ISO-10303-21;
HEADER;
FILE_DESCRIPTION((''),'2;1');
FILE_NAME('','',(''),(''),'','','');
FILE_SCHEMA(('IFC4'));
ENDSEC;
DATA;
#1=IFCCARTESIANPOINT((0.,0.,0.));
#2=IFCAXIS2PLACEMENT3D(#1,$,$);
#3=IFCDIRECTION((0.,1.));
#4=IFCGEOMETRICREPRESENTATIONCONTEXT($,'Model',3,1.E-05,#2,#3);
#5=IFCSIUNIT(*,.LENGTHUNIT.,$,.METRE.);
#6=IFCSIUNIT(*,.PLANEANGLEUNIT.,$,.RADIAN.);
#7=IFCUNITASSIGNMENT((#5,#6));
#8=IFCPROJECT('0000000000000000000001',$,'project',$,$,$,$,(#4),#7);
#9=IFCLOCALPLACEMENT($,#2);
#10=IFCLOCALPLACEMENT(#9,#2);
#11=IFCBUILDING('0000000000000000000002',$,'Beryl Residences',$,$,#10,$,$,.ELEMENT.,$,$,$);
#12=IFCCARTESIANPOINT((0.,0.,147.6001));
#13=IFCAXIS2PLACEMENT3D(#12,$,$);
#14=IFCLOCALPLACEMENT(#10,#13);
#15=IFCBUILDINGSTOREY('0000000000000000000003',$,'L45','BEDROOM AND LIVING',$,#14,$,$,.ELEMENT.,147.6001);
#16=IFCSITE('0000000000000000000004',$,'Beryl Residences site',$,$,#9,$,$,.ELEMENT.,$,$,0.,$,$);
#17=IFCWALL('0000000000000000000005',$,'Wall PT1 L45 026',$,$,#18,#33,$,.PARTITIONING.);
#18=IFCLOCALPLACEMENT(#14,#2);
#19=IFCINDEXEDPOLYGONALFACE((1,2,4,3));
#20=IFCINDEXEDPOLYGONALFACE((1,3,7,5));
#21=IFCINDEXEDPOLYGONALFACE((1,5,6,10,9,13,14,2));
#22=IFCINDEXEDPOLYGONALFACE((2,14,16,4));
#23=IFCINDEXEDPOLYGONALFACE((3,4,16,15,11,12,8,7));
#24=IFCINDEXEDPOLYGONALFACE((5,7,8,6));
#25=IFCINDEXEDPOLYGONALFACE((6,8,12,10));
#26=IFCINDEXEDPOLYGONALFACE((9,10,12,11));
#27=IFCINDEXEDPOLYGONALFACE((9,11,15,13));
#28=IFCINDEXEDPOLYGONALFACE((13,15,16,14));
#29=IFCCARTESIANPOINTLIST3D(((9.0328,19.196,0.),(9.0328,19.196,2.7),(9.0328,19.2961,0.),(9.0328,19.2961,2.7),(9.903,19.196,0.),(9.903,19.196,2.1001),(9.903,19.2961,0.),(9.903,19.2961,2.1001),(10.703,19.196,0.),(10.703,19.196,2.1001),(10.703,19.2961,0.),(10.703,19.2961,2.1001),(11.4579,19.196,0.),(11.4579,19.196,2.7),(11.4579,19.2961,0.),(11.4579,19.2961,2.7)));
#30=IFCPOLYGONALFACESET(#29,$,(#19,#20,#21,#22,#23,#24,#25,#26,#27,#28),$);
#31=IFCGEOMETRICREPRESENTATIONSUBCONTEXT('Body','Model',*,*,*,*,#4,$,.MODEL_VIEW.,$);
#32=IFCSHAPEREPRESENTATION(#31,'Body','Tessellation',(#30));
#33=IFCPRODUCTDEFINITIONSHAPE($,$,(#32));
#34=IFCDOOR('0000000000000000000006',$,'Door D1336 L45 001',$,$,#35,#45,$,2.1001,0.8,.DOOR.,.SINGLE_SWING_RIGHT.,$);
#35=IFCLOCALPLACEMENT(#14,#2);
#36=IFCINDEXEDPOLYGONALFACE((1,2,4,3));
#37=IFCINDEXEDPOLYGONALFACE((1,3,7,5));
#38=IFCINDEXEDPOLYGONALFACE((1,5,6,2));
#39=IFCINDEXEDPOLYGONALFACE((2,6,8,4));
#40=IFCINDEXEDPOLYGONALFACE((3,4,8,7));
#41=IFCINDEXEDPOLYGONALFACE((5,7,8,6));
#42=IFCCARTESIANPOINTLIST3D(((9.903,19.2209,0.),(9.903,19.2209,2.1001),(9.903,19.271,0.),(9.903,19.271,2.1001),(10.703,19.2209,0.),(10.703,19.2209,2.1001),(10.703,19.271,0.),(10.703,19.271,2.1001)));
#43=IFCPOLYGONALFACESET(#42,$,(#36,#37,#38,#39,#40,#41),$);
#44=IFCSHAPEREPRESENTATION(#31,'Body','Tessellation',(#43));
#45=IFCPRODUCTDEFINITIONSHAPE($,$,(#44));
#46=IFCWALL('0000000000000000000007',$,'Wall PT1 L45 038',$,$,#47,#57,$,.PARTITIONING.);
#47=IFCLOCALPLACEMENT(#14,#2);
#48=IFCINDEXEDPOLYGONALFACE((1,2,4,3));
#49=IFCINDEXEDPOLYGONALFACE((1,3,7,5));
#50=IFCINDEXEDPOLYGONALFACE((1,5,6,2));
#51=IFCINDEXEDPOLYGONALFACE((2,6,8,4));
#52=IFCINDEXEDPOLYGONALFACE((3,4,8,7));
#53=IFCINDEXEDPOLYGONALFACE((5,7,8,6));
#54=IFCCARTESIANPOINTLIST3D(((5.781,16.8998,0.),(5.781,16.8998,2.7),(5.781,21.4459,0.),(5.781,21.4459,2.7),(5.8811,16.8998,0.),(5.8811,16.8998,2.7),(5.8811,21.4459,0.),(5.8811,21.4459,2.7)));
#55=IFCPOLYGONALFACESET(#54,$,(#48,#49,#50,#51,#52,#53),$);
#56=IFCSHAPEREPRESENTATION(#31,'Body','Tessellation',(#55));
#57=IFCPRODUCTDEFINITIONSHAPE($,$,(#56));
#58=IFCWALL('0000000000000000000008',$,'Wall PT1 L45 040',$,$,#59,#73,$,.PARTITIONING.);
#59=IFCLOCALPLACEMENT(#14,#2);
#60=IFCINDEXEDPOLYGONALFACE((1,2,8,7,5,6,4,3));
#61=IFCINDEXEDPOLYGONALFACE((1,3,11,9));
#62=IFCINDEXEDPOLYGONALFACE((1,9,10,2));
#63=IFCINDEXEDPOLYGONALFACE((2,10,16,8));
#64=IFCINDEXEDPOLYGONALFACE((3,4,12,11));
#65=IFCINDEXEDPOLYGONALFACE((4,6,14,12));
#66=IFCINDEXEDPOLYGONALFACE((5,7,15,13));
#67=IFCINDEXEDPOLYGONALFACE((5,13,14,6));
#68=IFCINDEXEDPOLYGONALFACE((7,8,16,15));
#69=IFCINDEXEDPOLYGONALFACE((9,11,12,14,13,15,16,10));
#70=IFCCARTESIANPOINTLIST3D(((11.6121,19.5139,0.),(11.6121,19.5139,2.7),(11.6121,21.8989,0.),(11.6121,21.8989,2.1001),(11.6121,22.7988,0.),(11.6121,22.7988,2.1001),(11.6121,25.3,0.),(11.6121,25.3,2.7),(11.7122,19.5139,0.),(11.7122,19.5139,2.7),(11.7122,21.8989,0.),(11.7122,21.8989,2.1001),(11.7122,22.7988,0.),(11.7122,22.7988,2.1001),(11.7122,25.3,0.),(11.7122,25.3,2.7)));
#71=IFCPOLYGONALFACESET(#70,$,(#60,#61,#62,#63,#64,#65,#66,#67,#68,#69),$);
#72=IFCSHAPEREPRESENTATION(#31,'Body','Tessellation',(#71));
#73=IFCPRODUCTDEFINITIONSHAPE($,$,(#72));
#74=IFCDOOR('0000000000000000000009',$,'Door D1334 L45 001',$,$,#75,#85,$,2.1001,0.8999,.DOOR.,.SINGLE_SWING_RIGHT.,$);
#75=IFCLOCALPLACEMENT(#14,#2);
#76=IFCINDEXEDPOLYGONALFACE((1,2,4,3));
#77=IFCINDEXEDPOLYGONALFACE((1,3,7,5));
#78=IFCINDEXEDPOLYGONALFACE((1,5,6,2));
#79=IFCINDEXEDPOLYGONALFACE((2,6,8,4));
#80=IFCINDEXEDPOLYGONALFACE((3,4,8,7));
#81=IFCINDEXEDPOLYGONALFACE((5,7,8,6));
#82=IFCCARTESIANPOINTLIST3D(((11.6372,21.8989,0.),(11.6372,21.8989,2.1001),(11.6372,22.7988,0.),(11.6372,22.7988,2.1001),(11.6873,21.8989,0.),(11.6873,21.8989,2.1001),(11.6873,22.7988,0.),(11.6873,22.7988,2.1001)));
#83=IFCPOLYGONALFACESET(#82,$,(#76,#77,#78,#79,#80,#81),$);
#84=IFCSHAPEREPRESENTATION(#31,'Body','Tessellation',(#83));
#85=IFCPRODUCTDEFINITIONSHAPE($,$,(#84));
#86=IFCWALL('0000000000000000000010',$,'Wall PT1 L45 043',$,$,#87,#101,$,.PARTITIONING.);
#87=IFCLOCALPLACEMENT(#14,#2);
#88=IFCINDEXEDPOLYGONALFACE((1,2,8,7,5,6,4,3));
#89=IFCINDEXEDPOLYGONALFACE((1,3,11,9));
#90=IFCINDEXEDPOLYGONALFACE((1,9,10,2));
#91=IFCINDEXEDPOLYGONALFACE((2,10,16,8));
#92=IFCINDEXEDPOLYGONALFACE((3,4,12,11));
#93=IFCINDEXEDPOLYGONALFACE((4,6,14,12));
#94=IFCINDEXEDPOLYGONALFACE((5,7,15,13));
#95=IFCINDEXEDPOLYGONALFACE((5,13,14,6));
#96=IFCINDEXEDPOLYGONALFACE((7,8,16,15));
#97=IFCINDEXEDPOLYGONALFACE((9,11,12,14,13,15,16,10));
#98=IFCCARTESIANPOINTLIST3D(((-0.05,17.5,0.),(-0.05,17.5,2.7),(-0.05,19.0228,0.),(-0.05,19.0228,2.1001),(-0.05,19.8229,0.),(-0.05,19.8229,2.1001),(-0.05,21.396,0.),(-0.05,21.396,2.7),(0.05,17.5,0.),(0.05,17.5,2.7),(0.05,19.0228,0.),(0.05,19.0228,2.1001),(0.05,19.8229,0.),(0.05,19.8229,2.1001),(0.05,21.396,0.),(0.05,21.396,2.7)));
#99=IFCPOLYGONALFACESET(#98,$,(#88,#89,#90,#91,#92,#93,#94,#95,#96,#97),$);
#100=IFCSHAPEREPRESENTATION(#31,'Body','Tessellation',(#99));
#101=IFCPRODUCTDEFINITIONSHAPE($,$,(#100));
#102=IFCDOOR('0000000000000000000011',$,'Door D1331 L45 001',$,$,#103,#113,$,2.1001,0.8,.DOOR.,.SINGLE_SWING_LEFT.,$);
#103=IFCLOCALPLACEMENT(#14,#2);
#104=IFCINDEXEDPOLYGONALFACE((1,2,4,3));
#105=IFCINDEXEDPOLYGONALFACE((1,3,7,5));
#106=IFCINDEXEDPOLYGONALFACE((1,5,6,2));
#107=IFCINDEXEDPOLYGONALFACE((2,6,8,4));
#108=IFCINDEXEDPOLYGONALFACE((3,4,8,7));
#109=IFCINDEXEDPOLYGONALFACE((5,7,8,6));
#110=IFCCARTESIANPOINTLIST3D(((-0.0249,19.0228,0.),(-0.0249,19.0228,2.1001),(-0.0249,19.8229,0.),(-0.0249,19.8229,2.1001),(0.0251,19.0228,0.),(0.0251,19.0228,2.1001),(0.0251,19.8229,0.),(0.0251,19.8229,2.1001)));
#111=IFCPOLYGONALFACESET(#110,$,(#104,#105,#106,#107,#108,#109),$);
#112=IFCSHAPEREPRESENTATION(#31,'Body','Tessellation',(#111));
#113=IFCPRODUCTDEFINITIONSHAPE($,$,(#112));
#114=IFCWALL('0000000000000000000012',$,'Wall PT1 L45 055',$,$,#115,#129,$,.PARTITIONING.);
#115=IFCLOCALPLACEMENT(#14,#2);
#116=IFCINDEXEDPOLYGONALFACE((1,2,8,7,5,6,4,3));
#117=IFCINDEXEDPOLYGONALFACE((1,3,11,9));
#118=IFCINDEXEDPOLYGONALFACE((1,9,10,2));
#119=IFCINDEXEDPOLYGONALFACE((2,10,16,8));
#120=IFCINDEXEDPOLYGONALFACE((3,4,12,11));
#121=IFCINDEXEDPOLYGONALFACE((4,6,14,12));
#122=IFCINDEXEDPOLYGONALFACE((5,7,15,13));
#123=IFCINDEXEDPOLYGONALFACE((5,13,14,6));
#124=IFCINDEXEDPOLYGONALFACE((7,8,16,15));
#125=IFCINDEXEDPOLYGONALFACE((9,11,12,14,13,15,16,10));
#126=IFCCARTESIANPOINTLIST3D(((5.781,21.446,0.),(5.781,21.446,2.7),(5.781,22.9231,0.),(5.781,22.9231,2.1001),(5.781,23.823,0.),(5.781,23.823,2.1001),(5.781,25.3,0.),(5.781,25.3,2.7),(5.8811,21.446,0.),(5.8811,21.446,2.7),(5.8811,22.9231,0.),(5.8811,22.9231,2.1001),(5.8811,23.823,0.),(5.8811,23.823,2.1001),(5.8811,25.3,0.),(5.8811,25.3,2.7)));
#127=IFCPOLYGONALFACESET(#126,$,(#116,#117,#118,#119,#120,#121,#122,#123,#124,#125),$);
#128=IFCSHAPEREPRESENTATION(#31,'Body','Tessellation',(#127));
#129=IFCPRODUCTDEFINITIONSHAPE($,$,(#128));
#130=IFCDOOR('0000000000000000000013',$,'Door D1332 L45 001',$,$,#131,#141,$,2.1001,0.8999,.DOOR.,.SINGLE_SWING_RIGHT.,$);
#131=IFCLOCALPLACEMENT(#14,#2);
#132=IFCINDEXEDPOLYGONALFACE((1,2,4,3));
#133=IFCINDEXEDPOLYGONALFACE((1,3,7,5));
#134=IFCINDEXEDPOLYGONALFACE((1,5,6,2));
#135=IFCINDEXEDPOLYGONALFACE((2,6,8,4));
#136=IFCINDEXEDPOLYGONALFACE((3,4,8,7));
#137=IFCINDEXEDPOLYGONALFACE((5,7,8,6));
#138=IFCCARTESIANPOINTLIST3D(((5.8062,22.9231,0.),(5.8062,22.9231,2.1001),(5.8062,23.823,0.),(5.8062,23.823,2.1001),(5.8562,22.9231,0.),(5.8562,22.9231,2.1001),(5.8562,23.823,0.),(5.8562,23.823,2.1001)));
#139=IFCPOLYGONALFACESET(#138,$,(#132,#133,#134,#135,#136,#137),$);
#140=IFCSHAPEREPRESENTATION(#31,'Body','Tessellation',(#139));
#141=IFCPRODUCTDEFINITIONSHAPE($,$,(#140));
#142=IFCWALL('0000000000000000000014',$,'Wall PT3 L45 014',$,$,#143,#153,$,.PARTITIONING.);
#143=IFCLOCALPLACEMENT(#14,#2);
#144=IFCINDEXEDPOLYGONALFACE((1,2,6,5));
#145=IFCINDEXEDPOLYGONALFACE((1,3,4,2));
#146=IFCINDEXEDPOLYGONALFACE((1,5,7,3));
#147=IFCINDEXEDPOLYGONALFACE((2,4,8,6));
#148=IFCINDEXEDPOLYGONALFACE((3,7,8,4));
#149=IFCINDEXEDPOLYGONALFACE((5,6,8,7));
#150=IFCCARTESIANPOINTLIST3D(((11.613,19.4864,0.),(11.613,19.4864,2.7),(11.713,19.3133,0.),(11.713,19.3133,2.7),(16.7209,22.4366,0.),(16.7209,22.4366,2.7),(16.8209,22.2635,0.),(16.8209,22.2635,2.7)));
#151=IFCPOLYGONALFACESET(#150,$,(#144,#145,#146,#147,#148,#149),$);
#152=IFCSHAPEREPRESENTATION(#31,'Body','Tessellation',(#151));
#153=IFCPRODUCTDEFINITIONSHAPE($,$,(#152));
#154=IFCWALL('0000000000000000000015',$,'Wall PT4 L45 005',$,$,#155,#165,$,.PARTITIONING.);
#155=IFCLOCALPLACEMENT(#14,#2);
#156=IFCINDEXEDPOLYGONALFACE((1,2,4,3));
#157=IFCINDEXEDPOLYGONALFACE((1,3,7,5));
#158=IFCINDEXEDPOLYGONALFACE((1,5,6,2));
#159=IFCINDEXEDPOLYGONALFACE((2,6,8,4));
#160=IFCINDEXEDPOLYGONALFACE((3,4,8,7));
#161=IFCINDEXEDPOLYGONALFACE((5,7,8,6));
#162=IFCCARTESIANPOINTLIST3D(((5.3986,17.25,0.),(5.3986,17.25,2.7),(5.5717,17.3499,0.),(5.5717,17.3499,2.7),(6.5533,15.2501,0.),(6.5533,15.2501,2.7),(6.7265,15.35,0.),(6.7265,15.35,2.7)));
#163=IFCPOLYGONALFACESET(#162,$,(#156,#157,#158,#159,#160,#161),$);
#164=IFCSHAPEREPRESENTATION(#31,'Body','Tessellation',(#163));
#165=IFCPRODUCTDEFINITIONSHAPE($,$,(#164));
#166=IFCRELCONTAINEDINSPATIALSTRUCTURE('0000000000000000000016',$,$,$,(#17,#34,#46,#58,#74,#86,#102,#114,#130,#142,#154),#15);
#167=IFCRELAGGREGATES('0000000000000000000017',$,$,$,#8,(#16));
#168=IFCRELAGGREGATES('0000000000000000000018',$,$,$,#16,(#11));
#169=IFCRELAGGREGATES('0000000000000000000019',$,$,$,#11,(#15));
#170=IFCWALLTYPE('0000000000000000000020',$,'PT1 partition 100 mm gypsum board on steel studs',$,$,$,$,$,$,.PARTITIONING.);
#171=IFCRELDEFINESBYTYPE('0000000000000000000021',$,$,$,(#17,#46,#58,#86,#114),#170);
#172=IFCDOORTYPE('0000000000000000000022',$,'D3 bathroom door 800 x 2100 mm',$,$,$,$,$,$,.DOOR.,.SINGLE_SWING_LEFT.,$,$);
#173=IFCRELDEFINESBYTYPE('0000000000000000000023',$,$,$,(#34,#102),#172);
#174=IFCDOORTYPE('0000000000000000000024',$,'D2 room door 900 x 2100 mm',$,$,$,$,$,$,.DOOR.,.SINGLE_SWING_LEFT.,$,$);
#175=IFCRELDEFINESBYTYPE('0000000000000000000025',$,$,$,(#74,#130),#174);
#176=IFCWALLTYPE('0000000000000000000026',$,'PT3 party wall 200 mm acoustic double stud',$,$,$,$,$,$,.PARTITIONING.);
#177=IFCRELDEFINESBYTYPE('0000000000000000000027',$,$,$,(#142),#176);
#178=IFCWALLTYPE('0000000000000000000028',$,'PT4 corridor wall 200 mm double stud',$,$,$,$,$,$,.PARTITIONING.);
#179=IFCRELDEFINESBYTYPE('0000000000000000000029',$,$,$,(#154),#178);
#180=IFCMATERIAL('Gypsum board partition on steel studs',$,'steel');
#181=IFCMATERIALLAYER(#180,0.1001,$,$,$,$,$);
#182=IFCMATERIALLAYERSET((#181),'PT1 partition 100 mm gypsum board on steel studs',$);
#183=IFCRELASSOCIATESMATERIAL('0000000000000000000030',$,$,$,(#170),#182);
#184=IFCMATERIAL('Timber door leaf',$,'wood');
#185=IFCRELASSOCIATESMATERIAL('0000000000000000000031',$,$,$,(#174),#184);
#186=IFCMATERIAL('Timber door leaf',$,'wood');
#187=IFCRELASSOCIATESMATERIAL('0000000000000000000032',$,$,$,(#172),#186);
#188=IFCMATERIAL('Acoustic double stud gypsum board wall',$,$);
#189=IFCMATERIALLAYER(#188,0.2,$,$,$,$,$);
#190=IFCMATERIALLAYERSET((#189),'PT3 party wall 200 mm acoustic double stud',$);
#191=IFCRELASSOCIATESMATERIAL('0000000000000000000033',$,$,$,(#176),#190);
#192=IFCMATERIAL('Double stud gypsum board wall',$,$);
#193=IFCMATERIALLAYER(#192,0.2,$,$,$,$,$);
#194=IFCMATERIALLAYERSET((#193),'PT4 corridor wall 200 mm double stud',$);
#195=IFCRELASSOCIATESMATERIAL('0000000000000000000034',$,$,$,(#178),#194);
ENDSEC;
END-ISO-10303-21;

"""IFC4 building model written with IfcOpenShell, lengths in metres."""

from ifc_helpers import new_model, si_unit, direction, frame, frame_2d, origin, place, context, subcontext, project, spatial, rectangle, extrude, material, layer, layer_set, type_object, element, fill, save


model = new_model("IFC4")

# Units and contexts
model_context = context("Model", 3, precision=1e-05, world=origin(), true_north=direction((0.0, 1.0)))
body_context = subcontext(model_context, "Body", "Model", "MODEL_VIEW")
ifc_project = project(units=[si_unit("LENGTHUNIT", "METRE"), si_unit("PLANEANGLEUNIT", "RADIAN")], contexts=[model_context])

# Site, building, storey
site_placement = place(None, origin())
site = spatial("IfcSite", under=ifc_project, at=site_placement, Name="Beryl Residences site", CompositionType="ELEMENT", RefElevation=0.0)
building_placement = place(site_placement, origin())
building = spatial("IfcBuilding", under=site, at=building_placement, Name="Beryl Residences", CompositionType="ELEMENT")
storey_placement = place(building_placement, frame((0.0, 0.0, 147.6001)))
storey = spatial("IfcBuildingStorey", under=building, at=storey_placement, Name="L45", Description="BEDROOM AND LIVING", CompositionType="ELEMENT", Elevation=147.6001)

# Shared definitions
ifc_material_1 = material(Name="Gypsum board partition on steel studs", Category="steel")
ifc_layer_1 = layer(ifc_material_1, 0.1001)
ifc_layer_set_1 = layer_set([ifc_layer_1], Name="PT1 partition 100 mm gypsum board on steel studs")
wall_type_1 = type_object("IfcWallType", Name="PT1 partition 100 mm gypsum board on steel studs", PredefinedType="PARTITIONING", material=ifc_layer_set_1)

# Shared definitions
ifc_material_2 = material(Name="Timber door leaf", Category="wood")
door_type_1 = type_object("IfcDoorType", Name="D2 room door 900 x 2100 mm", OperationType="SINGLE_SWING_LEFT", PredefinedType="DOOR", material=ifc_material_2)
ifc_material_3 = material(Name="Timber door leaf", Category="wood")
door_type_2 = type_object("IfcDoorType", Name="D3 bathroom door 800 x 2100 mm", OperationType="SINGLE_SWING_LEFT", PredefinedType="DOOR", material=ifc_material_3)

# Wall, opening, door
wall_1_placement = place(storey_placement, frame((9.033, 19.2461, 0.0), z_axis=(0.0, 0.0, 1.0), x_axis=(1.0, 0.0, 0.0)))
wall_1 = element("IfcWall", 1, at=wall_1_placement, inside=storey, type_object=wall_type_1, Name="Wall PT1 L45 026", PredefinedType="PARTITIONING", context=body_context, shape_type="SweptSolid", body=[
    extrude(rectangle(XDim=2.425, YDim=0.1001, at=frame_2d((1.2124, 0.0))), origin(), (0.0, 0.0, 1.0), 2.7),
])
opening_1_placement = place(wall_1_placement, frame((0.8701, 0.0, 0.0)))
opening_1 = element("IfcOpeningElement", 2, at=opening_1_placement, cuts=wall_1, PredefinedType="OPENING", context=body_context, shape_type="SweptSolid", body=[
    extrude(rectangle(XDim=0.8, YDim=2.1001, at=frame_2d((0.3999, 1.05))), frame((0.0, 0.0601, 0.0), z_axis=(0.0, -1.0, 0.0), x_axis=(1.0, 0.0, 0.0)), (0.0, 0.0, 1.0), 0.1201),
])
door_1_placement = place(opening_1_placement, origin())
door_1 = element("IfcDoor", 3, at=door_1_placement, inside=storey, type_object=door_type_2, Name="Door D1336 L45 001", OperationType="SINGLE_SWING_RIGHT", OverallHeight=2.1001, OverallWidth=0.8, PredefinedType="DOOR", context=body_context, shape_type="SweptSolid", body=[
    extrude(rectangle(XDim=0.8, YDim=2.1001, at=frame_2d((0.3999, 1.05))), frame((0.0, 0.0249, 0.0), z_axis=(0.0, -1.0, 0.0), x_axis=(1.0, 0.0, 0.0)), (0.0, 0.0, 1.0), 0.05),
])
fill(opening_1, door_1)

# Wall
wall_2_placement = place(storey_placement, frame((5.8311, 16.8999, 0.0), z_axis=(0.0, 0.0, 1.0), x_axis=(0.0, 1.0, 0.0)))
element("IfcWall", 4, at=wall_2_placement, inside=storey, type_object=wall_type_1, Name="Wall PT1 L45 038", PredefinedType="PARTITIONING", context=body_context, shape_type="SweptSolid", body=[
    extrude(rectangle(XDim=4.5461, YDim=0.1001, at=frame_2d((2.2729, 0.0))), origin(), (0.0, 0.0, 1.0), 2.7),
])

# Walls, openings, doors
wall_3_placement = place(storey_placement, frame((11.6621, 19.5139, 0.0), z_axis=(0.0, 0.0, 1.0), x_axis=(0.0, 1.0, 0.0)))
wall_3 = element("IfcWall", 5, at=wall_3_placement, inside=storey, type_object=wall_type_1, Name="Wall PT1 L45 040", PredefinedType="PARTITIONING", context=body_context, shape_type="SweptSolid", body=[
    extrude(rectangle(XDim=5.7861, YDim=0.1001, at=frame_2d((2.8931, 0.0))), origin(), (0.0, 0.0, 1.0), 2.7),
])
opening_2_placement = place(wall_3_placement, frame((2.385, 0.0, 0.0)))
opening_2 = element("IfcOpeningElement", 6, at=opening_2_placement, cuts=wall_3, PredefinedType="OPENING", context=body_context, shape_type="SweptSolid", body=[
    extrude(rectangle(XDim=0.8999, YDim=2.1001, at=frame_2d((0.45, 1.05))), frame((0.0, 0.0601, 0.0), z_axis=(0.0, -1.0, 0.0), x_axis=(1.0, 0.0, 0.0)), (0.0, 0.0, 1.0), 0.1201),
])
door_2_placement = place(opening_2_placement, origin())
door_2 = element("IfcDoor", 7, at=door_2_placement, inside=storey, type_object=door_type_1, Name="Door D1334 L45 001", OperationType="SINGLE_SWING_RIGHT", OverallHeight=2.1001, OverallWidth=0.8999, PredefinedType="DOOR", context=body_context, shape_type="SweptSolid", body=[
    extrude(rectangle(XDim=0.8999, YDim=2.1001, at=frame_2d((0.45, 1.05))), frame((0.0, 0.0249, 0.0), z_axis=(0.0, -1.0, 0.0), x_axis=(1.0, 0.0, 0.0)), (0.0, 0.0, 1.0), 0.05),
])
fill(opening_2, door_2)
wall_4_placement = place(storey_placement, frame((0.0, 17.5, 0.0), z_axis=(0.0, 0.0, 1.0), x_axis=(0.0, 1.0, 0.0)))
wall_4 = element("IfcWall", 8, at=wall_4_placement, inside=storey, type_object=wall_type_1, Name="Wall PT1 L45 043", PredefinedType="PARTITIONING", context=body_context, shape_type="SweptSolid", body=[
    extrude(rectangle(XDim=3.896, YDim=0.1001, at=frame_2d((1.948, 0.0))), origin(), (0.0, 0.0, 1.0), 2.7),
])
opening_3_placement = place(wall_4_placement, frame((1.5229, 0.0, 0.0)))
opening_3 = element("IfcOpeningElement", 9, at=opening_3_placement, cuts=wall_4, PredefinedType="OPENING", context=body_context, shape_type="SweptSolid", body=[
    extrude(rectangle(XDim=0.8, YDim=2.1001, at=frame_2d((0.3999, 1.05))), frame((0.0, 0.0601, 0.0), z_axis=(0.0, -1.0, 0.0), x_axis=(1.0, 0.0, 0.0)), (0.0, 0.0, 1.0), 0.1201),
])
door_3_placement = place(opening_3_placement, origin())
door_3 = element("IfcDoor", 10, at=door_3_placement, inside=storey, type_object=door_type_2, Name="Door D1331 L45 001", OperationType="SINGLE_SWING_LEFT", OverallHeight=2.1001, OverallWidth=0.8, PredefinedType="DOOR", context=body_context, shape_type="SweptSolid", body=[
    extrude(rectangle(XDim=0.8, YDim=2.1001, at=frame_2d((0.3999, 1.05))), frame((0.0, 0.0249, 0.0), z_axis=(0.0, -1.0, 0.0), x_axis=(1.0, 0.0, 0.0)), (0.0, 0.0, 1.0), 0.05),
])
fill(opening_3, door_3)
wall_5_placement = place(storey_placement, frame((5.8311, 21.446, 0.0), z_axis=(0.0, 0.0, 1.0), x_axis=(0.0, 1.0, 0.0)))
wall_5 = element("IfcWall", 11, at=wall_5_placement, inside=storey, type_object=wall_type_1, Name="Wall PT1 L45 055", PredefinedType="PARTITIONING", context=body_context, shape_type="SweptSolid", body=[
    extrude(rectangle(XDim=3.854, YDim=0.1001, at=frame_2d((1.927, 0.0))), origin(), (0.0, 0.0, 1.0), 2.7),
])
opening_4_placement = place(wall_5_placement, frame((1.4771, 0.0, 0.0)))
opening_4 = element("IfcOpeningElement", 12, at=opening_4_placement, cuts=wall_5, PredefinedType="OPENING", context=body_context, shape_type="SweptSolid", body=[
    extrude(rectangle(XDim=0.8999, YDim=2.1001, at=frame_2d((0.45, 1.05))), frame((0.0, 0.0601, 0.0), z_axis=(0.0, -1.0, 0.0), x_axis=(1.0, 0.0, 0.0)), (0.0, 0.0, 1.0), 0.1201),
])
door_4_placement = place(opening_4_placement, origin())
door_4 = element("IfcDoor", 13, at=door_4_placement, inside=storey, type_object=door_type_1, Name="Door D1332 L45 001", OperationType="SINGLE_SWING_RIGHT", OverallHeight=2.1001, OverallWidth=0.8999, PredefinedType="DOOR", context=body_context, shape_type="SweptSolid", body=[
    extrude(rectangle(XDim=0.8999, YDim=2.1001, at=frame_2d((0.45, 1.05))), frame((0.0, 0.0249, 0.0), z_axis=(0.0, -1.0, 0.0), x_axis=(1.0, 0.0, 0.0)), (0.0, 0.0, 1.0), 0.05),
])
fill(opening_4, door_4)

# Walls
ifc_material_4 = material(Name="Acoustic double stud gypsum board wall")
ifc_layer_2 = layer(ifc_material_4, 0.2)
ifc_layer_set_2 = layer_set([ifc_layer_2], Name="PT3 party wall 200 mm acoustic double stud")
wall_type_2 = type_object("IfcWallType", Name="PT3 party wall 200 mm acoustic double stud", PredefinedType="PARTITIONING", material=ifc_layer_set_2)
wall_6_placement = place(storey_placement, frame((11.6631, 19.3999, 0.0), z_axis=(0.0, 0.0, 1.0), x_axis=(0.865942, 0.500145, 0.0)))
element("IfcWall", 14, at=wall_6_placement, inside=storey, type_object=wall_type_2, Name="Wall PT3 L45 014", PredefinedType="PARTITIONING", context=body_context, shape_type="SweptSolid", body=[
    extrude(rectangle(XDim=5.8987, YDim=0.2, at=frame_2d((2.9492, 0.0))), origin(), (0.0, 0.0, 1.0), 2.7),
])
ifc_material_5 = material(Name="Double stud gypsum board wall")
ifc_layer_3 = layer(ifc_material_5, 0.2)
ifc_layer_set_3 = layer_set([ifc_layer_3], Name="PT4 corridor wall 200 mm double stud")
wall_type_3 = type_object("IfcWallType", Name="PT4 corridor wall 200 mm double stud", PredefinedType="PARTITIONING", material=ifc_layer_set_3)
wall_7_placement = place(storey_placement, frame((5.4851, 17.3, 0.0), z_axis=(0.0, 0.0, 1.0), x_axis=(0.500027, -0.86601, 0.0)))
element("IfcWall", 15, at=wall_7_placement, inside=storey, type_object=wall_type_3, Name="Wall PT4 L45 005", PredefinedType="PARTITIONING", context=body_context, shape_type="SweptSolid", body=[
    extrude(rectangle(XDim=2.3093, YDim=0.2, at=frame_2d((1.1548, 0.0))), origin(), (0.0, 0.0, 1.0), 2.7),
])

save(model, "model.ifc")
